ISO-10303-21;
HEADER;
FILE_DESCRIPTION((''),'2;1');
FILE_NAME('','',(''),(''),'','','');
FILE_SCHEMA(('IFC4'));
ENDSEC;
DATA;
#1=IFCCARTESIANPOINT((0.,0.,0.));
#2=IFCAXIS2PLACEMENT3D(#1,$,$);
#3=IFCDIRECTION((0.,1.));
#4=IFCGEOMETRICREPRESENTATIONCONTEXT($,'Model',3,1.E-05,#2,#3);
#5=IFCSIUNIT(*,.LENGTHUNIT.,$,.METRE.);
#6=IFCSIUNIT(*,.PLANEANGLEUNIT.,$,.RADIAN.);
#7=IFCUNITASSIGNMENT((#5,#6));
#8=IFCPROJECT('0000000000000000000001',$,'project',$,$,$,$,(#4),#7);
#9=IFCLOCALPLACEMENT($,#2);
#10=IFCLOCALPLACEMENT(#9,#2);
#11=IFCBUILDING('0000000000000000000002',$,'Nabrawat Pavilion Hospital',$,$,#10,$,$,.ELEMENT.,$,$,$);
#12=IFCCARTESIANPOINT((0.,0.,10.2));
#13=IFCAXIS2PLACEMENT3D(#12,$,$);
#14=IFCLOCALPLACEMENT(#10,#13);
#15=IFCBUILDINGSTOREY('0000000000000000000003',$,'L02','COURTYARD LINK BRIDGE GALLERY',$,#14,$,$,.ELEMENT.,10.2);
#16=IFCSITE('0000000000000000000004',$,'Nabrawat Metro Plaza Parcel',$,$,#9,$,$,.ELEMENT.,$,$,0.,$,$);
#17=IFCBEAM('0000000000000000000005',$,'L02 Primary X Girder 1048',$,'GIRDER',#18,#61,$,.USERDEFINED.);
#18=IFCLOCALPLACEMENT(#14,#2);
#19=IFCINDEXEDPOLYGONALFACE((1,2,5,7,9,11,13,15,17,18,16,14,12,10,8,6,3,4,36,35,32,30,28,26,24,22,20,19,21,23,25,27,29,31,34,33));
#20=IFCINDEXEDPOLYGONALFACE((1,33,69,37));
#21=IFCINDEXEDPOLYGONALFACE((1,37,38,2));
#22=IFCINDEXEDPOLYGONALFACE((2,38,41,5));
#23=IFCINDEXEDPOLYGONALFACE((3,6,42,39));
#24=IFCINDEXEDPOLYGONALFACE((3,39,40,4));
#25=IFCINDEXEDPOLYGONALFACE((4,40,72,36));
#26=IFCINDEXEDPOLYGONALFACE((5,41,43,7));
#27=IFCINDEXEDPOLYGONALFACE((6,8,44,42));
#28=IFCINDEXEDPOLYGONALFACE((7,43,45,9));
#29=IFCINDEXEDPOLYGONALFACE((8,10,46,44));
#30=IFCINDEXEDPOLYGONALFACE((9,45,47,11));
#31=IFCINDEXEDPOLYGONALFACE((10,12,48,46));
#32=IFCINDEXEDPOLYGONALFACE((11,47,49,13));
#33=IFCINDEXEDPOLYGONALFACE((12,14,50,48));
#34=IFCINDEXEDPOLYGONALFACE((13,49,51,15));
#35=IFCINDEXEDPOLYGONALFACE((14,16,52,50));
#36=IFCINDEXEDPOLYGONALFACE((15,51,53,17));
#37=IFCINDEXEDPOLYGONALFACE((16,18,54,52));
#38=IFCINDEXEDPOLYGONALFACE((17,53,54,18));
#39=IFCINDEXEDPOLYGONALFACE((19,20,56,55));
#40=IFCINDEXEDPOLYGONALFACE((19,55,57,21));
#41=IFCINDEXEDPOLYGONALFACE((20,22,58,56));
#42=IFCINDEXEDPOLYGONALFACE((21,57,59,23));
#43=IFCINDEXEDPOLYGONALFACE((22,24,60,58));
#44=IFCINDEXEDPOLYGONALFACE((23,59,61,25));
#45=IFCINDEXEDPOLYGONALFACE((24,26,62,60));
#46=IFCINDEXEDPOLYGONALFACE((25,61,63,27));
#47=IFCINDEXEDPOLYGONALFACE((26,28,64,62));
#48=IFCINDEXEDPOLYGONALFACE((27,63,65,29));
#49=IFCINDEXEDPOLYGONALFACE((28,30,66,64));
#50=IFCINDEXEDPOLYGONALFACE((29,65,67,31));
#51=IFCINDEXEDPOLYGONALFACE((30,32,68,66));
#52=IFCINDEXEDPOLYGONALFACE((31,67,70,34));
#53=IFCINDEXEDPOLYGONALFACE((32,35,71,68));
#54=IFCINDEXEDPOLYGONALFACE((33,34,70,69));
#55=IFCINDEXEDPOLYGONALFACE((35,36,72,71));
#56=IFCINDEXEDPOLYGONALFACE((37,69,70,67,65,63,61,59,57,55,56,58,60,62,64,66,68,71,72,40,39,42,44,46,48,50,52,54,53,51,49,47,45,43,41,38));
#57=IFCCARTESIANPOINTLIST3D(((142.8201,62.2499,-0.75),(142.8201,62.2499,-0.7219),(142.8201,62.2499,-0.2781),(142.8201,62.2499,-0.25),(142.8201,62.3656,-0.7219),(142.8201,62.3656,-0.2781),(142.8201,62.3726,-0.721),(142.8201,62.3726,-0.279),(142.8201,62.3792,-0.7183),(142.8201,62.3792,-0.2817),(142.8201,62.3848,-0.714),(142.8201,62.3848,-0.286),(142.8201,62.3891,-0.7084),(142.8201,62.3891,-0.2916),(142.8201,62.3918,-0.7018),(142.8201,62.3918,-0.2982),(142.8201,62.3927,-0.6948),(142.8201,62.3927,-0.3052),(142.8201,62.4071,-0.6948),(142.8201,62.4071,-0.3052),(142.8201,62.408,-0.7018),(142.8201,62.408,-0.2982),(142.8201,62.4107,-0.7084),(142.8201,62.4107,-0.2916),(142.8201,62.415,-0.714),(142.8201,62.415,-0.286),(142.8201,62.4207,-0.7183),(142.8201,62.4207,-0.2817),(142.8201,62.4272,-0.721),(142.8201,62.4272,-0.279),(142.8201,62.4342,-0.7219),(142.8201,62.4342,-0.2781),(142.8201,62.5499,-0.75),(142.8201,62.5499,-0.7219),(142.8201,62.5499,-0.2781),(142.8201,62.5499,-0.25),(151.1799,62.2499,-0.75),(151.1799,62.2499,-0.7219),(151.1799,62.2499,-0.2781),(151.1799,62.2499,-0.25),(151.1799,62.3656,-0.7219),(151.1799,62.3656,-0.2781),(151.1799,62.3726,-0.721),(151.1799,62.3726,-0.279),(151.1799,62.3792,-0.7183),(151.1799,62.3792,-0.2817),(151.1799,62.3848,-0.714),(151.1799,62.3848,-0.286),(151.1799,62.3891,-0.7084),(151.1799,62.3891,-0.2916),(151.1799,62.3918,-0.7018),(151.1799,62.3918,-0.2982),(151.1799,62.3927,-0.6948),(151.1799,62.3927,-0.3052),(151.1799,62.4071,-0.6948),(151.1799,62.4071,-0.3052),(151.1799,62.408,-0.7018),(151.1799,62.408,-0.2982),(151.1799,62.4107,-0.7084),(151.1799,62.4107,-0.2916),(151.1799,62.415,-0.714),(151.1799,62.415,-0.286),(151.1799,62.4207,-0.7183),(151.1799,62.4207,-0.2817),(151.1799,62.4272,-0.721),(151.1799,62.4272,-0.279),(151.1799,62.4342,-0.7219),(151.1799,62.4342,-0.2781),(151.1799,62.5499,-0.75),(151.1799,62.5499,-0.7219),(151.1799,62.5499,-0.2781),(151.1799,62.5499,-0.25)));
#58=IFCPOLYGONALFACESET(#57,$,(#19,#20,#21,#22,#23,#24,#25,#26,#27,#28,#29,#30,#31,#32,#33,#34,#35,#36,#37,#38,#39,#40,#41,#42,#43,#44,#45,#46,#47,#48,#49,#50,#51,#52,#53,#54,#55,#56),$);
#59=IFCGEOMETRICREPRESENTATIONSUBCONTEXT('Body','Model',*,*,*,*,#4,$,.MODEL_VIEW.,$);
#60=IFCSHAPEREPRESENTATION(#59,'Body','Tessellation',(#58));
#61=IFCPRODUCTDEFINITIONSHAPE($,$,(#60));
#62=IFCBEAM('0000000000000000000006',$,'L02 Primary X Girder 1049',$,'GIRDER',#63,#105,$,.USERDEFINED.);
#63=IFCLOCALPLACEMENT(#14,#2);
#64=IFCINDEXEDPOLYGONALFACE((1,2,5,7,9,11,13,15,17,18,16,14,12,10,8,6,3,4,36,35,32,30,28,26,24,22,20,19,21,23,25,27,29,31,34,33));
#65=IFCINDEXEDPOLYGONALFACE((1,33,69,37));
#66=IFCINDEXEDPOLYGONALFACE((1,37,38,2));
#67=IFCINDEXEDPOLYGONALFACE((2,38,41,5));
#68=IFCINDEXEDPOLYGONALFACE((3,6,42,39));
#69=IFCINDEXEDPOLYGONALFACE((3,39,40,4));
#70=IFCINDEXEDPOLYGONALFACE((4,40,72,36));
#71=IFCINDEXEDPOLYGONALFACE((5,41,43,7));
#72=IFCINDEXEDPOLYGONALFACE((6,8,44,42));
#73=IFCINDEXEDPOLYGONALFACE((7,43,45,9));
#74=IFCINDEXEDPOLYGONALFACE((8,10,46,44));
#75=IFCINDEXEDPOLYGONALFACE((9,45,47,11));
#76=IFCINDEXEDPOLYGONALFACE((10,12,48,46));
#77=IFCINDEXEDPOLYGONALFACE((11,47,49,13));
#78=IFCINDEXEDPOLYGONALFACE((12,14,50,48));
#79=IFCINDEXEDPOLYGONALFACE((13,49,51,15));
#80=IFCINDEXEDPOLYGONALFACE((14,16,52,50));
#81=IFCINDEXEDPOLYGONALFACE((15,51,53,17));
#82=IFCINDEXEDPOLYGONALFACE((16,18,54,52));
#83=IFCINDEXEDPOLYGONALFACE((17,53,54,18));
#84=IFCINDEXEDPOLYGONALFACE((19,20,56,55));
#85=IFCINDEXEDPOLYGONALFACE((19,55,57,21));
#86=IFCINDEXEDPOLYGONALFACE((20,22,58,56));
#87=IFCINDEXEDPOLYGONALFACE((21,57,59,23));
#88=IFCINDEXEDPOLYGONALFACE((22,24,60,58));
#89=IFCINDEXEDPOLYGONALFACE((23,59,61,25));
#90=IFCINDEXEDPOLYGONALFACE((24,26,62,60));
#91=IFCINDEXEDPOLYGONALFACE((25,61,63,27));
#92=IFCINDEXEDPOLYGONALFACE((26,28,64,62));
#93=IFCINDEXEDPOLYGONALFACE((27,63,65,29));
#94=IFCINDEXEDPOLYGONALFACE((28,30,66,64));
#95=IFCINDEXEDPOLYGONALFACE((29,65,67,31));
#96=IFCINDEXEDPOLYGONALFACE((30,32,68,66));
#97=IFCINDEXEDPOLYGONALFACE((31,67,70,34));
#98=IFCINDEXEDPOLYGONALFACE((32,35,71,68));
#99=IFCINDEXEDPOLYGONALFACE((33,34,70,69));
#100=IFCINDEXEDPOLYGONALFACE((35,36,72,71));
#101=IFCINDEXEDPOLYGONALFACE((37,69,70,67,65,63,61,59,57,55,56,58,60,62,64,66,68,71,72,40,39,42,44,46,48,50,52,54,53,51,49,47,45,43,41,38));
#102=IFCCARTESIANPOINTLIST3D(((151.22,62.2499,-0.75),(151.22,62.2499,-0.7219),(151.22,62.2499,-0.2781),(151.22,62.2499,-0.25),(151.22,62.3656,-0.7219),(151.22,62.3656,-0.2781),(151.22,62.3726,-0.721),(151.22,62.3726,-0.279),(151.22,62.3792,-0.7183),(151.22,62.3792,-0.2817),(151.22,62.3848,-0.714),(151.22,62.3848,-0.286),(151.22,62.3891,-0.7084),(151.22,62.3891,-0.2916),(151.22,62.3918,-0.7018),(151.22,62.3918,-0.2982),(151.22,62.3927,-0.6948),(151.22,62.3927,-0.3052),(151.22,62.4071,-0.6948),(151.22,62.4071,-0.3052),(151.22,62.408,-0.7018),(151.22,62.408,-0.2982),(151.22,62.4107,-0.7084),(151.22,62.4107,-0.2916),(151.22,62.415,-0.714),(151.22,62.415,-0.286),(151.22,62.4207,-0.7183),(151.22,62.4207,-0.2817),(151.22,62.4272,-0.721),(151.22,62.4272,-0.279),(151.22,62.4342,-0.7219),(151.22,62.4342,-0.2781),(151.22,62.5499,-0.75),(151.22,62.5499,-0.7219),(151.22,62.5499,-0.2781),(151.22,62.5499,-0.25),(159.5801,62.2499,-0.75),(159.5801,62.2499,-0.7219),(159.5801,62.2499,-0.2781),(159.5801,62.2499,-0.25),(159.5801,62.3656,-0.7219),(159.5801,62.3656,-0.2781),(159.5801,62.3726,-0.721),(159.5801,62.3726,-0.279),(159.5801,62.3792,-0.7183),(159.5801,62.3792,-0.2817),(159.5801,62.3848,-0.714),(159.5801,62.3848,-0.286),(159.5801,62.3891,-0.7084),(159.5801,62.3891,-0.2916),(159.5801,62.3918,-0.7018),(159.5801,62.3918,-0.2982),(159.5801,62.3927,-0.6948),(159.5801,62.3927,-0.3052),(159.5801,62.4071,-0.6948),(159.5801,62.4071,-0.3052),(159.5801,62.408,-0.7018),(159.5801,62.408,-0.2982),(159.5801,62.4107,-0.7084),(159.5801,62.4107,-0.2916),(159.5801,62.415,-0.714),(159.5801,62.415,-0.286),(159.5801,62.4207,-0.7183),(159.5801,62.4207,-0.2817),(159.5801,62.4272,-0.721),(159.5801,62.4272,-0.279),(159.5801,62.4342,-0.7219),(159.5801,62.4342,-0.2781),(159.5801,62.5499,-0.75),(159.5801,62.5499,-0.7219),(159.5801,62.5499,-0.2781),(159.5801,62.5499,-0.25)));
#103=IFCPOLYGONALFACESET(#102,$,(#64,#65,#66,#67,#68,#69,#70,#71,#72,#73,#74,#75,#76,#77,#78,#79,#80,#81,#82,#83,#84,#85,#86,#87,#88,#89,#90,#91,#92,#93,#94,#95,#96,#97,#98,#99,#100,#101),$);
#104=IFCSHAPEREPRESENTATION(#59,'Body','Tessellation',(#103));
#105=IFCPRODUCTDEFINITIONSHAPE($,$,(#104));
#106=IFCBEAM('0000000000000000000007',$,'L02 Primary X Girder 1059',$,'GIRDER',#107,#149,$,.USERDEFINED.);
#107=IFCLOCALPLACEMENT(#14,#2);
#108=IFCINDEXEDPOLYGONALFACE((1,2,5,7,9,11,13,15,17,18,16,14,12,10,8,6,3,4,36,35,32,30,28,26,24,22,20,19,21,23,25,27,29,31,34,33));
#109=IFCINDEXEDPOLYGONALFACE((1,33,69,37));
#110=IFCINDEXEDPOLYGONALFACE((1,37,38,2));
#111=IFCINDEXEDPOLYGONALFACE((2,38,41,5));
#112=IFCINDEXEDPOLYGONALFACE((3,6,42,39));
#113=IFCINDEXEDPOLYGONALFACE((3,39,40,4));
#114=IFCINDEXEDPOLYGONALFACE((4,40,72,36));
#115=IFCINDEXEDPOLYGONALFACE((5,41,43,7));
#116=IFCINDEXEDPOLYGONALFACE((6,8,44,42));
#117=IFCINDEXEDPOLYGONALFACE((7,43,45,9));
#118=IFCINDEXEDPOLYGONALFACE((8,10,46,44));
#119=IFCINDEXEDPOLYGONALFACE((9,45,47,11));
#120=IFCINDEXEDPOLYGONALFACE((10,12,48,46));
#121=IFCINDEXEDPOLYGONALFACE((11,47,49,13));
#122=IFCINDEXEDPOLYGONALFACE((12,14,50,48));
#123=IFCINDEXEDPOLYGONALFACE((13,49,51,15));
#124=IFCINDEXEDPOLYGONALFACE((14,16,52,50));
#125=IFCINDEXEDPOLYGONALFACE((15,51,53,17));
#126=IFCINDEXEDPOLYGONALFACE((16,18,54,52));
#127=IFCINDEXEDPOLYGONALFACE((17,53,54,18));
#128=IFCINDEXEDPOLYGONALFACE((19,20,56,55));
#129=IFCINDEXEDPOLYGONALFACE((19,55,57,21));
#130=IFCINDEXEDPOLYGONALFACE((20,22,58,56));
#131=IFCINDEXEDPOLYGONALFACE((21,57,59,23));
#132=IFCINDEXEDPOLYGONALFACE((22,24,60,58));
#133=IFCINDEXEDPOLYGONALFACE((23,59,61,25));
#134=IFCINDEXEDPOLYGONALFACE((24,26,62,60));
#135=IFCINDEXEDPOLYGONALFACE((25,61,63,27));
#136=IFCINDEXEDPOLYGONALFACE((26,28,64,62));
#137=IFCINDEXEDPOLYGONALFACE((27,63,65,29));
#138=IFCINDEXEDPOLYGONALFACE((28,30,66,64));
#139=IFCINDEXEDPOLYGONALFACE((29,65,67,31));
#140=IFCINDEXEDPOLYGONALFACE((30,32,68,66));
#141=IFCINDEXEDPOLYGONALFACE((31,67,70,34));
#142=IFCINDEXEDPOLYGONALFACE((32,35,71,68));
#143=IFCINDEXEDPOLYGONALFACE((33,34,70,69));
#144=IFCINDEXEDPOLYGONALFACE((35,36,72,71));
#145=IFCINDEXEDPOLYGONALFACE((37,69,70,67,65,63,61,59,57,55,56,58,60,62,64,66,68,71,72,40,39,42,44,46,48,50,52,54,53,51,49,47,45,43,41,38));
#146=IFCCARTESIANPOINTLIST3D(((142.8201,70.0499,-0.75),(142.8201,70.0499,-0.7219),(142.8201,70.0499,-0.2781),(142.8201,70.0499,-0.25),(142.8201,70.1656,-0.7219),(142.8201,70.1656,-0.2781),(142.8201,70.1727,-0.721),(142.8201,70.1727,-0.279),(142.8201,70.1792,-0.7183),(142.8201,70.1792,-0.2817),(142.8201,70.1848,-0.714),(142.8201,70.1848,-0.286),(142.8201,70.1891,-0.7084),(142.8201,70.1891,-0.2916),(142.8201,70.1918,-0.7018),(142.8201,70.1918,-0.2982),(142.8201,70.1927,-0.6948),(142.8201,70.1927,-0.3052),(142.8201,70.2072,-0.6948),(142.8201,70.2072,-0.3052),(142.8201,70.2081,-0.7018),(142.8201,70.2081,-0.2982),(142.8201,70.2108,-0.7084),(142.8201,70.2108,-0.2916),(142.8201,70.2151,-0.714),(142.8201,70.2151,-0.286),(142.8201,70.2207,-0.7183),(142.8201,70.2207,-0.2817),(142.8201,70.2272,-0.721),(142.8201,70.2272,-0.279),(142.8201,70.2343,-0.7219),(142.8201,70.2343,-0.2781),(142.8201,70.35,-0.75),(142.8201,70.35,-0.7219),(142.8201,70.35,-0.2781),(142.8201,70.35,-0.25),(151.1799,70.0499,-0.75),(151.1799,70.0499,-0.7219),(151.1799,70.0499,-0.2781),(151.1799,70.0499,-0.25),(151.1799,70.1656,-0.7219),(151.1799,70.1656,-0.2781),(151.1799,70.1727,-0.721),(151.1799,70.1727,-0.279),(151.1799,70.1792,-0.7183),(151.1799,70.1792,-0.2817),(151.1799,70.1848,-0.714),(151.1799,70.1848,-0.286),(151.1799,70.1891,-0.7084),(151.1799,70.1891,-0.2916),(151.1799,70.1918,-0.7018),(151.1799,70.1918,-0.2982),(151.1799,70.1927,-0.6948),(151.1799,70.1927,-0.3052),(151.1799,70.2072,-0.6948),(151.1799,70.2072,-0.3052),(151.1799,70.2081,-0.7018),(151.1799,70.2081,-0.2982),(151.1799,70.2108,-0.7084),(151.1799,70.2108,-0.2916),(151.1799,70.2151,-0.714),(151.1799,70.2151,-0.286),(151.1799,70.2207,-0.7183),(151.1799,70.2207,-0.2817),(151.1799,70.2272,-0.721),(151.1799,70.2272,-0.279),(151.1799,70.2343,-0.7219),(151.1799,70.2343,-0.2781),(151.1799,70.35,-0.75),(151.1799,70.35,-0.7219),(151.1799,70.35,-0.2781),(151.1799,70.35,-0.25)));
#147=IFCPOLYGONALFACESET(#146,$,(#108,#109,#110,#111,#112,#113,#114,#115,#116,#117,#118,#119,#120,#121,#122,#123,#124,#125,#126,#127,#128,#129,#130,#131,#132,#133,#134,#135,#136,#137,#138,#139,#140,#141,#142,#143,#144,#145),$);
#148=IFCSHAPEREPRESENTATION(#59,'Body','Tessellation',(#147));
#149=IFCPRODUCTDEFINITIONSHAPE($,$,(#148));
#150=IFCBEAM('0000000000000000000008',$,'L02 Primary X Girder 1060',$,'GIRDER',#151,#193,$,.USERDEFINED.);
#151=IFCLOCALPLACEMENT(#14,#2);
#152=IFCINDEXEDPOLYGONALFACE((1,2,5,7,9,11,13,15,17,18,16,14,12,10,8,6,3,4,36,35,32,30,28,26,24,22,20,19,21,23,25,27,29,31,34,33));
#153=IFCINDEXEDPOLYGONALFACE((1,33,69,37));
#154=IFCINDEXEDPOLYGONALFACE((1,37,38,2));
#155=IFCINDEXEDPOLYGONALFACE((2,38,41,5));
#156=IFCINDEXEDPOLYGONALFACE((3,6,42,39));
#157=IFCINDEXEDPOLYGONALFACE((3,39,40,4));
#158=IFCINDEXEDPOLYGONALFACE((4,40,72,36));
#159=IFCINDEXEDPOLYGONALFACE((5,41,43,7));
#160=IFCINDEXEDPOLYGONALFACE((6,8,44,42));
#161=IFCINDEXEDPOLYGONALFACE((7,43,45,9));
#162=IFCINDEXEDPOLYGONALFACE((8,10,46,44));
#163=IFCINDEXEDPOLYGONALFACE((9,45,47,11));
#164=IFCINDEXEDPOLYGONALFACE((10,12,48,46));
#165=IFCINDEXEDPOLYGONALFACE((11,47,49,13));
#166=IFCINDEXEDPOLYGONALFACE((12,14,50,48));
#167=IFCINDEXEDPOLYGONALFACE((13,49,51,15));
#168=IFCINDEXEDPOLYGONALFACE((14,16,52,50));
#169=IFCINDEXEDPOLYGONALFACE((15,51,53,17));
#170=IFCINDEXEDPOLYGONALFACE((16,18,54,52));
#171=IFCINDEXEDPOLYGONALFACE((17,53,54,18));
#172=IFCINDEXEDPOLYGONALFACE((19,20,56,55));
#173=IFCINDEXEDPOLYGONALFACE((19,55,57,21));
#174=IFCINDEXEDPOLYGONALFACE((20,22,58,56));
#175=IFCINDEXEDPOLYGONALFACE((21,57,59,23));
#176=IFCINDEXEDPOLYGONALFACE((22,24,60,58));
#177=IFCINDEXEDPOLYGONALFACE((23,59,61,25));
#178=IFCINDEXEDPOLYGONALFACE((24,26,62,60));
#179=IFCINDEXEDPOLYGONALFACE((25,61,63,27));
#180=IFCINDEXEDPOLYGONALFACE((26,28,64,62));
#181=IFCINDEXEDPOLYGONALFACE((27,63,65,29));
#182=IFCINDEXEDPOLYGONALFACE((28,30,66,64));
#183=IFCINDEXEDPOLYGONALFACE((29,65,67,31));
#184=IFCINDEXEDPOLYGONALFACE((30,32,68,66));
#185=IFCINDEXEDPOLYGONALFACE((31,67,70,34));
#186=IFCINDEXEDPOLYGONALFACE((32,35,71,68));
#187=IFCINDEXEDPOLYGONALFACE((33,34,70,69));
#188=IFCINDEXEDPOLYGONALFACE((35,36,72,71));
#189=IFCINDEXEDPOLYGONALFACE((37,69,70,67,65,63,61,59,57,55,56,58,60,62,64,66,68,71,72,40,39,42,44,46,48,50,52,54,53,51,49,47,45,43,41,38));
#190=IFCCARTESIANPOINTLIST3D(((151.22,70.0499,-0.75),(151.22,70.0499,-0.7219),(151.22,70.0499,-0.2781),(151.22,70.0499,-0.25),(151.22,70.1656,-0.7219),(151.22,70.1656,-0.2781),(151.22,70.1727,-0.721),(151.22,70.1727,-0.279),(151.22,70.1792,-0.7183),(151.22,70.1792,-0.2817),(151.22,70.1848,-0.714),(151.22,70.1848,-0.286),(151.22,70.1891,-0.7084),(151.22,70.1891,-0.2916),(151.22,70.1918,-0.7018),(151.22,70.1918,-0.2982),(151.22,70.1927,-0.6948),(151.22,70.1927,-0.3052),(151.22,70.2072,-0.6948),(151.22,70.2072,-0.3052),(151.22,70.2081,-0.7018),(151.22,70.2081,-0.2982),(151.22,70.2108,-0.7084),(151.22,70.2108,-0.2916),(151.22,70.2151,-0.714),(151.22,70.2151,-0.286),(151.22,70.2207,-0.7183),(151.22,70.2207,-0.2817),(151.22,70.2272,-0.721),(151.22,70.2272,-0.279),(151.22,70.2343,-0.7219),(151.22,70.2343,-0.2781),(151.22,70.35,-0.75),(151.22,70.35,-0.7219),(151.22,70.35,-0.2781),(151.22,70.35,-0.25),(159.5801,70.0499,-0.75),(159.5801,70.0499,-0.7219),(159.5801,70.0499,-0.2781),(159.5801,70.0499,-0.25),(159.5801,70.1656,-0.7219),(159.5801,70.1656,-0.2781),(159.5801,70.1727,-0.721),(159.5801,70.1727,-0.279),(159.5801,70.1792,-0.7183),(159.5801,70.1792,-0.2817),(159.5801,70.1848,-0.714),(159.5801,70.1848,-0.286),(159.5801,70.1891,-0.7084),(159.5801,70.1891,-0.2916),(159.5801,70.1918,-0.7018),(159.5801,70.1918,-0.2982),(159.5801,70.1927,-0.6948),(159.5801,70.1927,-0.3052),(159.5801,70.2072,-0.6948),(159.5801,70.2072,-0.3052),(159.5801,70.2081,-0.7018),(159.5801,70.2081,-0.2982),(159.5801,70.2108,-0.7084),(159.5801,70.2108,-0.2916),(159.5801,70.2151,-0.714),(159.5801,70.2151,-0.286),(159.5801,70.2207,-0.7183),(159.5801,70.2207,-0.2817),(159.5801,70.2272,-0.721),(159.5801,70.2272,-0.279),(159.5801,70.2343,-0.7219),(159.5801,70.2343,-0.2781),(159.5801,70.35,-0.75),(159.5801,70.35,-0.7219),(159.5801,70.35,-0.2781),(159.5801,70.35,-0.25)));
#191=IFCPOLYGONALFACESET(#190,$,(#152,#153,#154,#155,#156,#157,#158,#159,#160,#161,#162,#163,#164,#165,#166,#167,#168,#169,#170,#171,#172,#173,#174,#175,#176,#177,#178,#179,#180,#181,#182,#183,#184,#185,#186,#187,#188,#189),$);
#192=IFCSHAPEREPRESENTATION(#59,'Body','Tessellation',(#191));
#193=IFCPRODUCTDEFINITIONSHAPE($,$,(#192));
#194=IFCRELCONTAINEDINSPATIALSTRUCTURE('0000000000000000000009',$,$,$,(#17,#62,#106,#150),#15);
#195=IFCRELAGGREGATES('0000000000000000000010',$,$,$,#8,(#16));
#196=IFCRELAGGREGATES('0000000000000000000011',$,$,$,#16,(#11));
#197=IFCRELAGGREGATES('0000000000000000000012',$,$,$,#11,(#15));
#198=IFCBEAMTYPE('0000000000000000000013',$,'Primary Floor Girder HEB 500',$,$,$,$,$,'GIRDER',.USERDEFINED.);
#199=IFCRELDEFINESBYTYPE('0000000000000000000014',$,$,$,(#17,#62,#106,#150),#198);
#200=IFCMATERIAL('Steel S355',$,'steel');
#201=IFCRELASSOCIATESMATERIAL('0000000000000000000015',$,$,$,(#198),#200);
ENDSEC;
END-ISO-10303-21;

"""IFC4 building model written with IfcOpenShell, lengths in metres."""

from ifc_helpers import new_model, si_unit, direction, frame, origin, origin_2d, place, context, subcontext, project, spatial, i_section, extrude, material, material_profile, profile_set, type_object, element, save


model = new_model("IFC4")

# Units and contexts
model_context = context("Model", 3, precision=1e-05, world=origin(), true_north=direction((0.0, 1.0)))
body_context = subcontext(model_context, "Body", "Model", "MODEL_VIEW")
ifc_project = project(units=[si_unit("LENGTHUNIT", "METRE"), si_unit("PLANEANGLEUNIT", "RADIAN")], contexts=[model_context])

# Site, building, storey
site_placement = place(None, origin())
site = spatial("IfcSite", under=ifc_project, at=site_placement, Name="Nabrawat Metro Plaza Parcel", CompositionType="ELEMENT", RefElevation=0.0)
building_placement = place(site_placement, origin())
building = spatial("IfcBuilding", under=site, at=building_placement, Name="Nabrawat Pavilion Hospital", CompositionType="ELEMENT")
storey_placement = place(building_placement, frame((0.0, 0.0, 10.2)))
storey = spatial("IfcBuildingStorey", under=building, at=storey_placement, Name="L02", Description="COURTYARD LINK BRIDGE GALLERY", CompositionType="ELEMENT", Elevation=10.2)

# Beams
ifc_material_1 = material(Name="Steel S355", Category="steel")
ifc_material_profile_1 = material_profile(ifc_material_1, i_section(OverallWidth=0.3, OverallDepth=0.5, WebThickness=0.0144, FlangeThickness=0.0281, FilletRadius=0.0271, at=origin_2d()), Name="HEB 500")
ifc_profile_set_1 = profile_set([ifc_material_profile_1], Name="Steel S355")
beam_type_1 = type_object("IfcBeamType", Name="Primary Floor Girder HEB 500", ElementType="GIRDER", PredefinedType="USERDEFINED", material=ifc_profile_set_1)
beam_1_placement = place(storey_placement, frame((142.8201, 62.3999, -0.5), z_axis=(1.0, 0.0, 0.0), x_axis=(0.0, 1.0, 0.0)))
element("IfcBeam", 1, at=beam_1_placement, inside=storey, type_object=beam_type_1, Name="L02 Primary X Girder 1048", ObjectType="GIRDER", PredefinedType="USERDEFINED", context=body_context, shape_type="SweptSolid", body=[
    extrude(i_section(OverallWidth=0.3, OverallDepth=0.5, WebThickness=0.0144, FlangeThickness=0.0281, FilletRadius=0.0271, at=origin_2d()), origin(), (0.0, 0.0, 1.0), 8.3599),
])
beam_2_placement = place(storey_placement, frame((151.22, 62.3999, -0.5), z_axis=(1.0, 0.0, 0.0), x_axis=(0.0, 1.0, 0.0)))
element("IfcBeam", 2, at=beam_2_placement, inside=storey, type_object=beam_type_1, Name="L02 Primary X Girder 1049", ObjectType="GIRDER", PredefinedType="USERDEFINED", context=body_context, shape_type="SweptSolid", body=[
    extrude(i_section(OverallWidth=0.3, OverallDepth=0.5, WebThickness=0.0144, FlangeThickness=0.0281, FilletRadius=0.0271, at=origin_2d()), origin(), (0.0, 0.0, 1.0), 8.3601),
])
beam_3_placement = place(storey_placement, frame((142.8201, 70.2, -0.5), z_axis=(1.0, 0.0, 0.0), x_axis=(0.0, 1.0, 0.0)))
element("IfcBeam", 3, at=beam_3_placement, inside=storey, type_object=beam_type_1, Name="L02 Primary X Girder 1059", ObjectType="GIRDER", PredefinedType="USERDEFINED", context=body_context, shape_type="SweptSolid", body=[
    extrude(i_section(OverallWidth=0.3, OverallDepth=0.5, WebThickness=0.0144, FlangeThickness=0.0281, FilletRadius=0.0271, at=origin_2d()), origin(), (0.0, 0.0, 1.0), 8.3599),
])
beam_4_placement = place(storey_placement, frame((151.22, 70.2, -0.5), z_axis=(1.0, 0.0, 0.0), x_axis=(0.0, 1.0, 0.0)))
element("IfcBeam", 4, at=beam_4_placement, inside=storey, type_object=beam_type_1, Name="L02 Primary X Girder 1060", ObjectType="GIRDER", PredefinedType="USERDEFINED", context=body_context, shape_type="SweptSolid", body=[
    extrude(i_section(OverallWidth=0.3, OverallDepth=0.5, WebThickness=0.0144, FlangeThickness=0.0281, FilletRadius=0.0271, at=origin_2d()), origin(), (0.0, 0.0, 1.0), 8.3601),
])

save(model, "model.ifc")
